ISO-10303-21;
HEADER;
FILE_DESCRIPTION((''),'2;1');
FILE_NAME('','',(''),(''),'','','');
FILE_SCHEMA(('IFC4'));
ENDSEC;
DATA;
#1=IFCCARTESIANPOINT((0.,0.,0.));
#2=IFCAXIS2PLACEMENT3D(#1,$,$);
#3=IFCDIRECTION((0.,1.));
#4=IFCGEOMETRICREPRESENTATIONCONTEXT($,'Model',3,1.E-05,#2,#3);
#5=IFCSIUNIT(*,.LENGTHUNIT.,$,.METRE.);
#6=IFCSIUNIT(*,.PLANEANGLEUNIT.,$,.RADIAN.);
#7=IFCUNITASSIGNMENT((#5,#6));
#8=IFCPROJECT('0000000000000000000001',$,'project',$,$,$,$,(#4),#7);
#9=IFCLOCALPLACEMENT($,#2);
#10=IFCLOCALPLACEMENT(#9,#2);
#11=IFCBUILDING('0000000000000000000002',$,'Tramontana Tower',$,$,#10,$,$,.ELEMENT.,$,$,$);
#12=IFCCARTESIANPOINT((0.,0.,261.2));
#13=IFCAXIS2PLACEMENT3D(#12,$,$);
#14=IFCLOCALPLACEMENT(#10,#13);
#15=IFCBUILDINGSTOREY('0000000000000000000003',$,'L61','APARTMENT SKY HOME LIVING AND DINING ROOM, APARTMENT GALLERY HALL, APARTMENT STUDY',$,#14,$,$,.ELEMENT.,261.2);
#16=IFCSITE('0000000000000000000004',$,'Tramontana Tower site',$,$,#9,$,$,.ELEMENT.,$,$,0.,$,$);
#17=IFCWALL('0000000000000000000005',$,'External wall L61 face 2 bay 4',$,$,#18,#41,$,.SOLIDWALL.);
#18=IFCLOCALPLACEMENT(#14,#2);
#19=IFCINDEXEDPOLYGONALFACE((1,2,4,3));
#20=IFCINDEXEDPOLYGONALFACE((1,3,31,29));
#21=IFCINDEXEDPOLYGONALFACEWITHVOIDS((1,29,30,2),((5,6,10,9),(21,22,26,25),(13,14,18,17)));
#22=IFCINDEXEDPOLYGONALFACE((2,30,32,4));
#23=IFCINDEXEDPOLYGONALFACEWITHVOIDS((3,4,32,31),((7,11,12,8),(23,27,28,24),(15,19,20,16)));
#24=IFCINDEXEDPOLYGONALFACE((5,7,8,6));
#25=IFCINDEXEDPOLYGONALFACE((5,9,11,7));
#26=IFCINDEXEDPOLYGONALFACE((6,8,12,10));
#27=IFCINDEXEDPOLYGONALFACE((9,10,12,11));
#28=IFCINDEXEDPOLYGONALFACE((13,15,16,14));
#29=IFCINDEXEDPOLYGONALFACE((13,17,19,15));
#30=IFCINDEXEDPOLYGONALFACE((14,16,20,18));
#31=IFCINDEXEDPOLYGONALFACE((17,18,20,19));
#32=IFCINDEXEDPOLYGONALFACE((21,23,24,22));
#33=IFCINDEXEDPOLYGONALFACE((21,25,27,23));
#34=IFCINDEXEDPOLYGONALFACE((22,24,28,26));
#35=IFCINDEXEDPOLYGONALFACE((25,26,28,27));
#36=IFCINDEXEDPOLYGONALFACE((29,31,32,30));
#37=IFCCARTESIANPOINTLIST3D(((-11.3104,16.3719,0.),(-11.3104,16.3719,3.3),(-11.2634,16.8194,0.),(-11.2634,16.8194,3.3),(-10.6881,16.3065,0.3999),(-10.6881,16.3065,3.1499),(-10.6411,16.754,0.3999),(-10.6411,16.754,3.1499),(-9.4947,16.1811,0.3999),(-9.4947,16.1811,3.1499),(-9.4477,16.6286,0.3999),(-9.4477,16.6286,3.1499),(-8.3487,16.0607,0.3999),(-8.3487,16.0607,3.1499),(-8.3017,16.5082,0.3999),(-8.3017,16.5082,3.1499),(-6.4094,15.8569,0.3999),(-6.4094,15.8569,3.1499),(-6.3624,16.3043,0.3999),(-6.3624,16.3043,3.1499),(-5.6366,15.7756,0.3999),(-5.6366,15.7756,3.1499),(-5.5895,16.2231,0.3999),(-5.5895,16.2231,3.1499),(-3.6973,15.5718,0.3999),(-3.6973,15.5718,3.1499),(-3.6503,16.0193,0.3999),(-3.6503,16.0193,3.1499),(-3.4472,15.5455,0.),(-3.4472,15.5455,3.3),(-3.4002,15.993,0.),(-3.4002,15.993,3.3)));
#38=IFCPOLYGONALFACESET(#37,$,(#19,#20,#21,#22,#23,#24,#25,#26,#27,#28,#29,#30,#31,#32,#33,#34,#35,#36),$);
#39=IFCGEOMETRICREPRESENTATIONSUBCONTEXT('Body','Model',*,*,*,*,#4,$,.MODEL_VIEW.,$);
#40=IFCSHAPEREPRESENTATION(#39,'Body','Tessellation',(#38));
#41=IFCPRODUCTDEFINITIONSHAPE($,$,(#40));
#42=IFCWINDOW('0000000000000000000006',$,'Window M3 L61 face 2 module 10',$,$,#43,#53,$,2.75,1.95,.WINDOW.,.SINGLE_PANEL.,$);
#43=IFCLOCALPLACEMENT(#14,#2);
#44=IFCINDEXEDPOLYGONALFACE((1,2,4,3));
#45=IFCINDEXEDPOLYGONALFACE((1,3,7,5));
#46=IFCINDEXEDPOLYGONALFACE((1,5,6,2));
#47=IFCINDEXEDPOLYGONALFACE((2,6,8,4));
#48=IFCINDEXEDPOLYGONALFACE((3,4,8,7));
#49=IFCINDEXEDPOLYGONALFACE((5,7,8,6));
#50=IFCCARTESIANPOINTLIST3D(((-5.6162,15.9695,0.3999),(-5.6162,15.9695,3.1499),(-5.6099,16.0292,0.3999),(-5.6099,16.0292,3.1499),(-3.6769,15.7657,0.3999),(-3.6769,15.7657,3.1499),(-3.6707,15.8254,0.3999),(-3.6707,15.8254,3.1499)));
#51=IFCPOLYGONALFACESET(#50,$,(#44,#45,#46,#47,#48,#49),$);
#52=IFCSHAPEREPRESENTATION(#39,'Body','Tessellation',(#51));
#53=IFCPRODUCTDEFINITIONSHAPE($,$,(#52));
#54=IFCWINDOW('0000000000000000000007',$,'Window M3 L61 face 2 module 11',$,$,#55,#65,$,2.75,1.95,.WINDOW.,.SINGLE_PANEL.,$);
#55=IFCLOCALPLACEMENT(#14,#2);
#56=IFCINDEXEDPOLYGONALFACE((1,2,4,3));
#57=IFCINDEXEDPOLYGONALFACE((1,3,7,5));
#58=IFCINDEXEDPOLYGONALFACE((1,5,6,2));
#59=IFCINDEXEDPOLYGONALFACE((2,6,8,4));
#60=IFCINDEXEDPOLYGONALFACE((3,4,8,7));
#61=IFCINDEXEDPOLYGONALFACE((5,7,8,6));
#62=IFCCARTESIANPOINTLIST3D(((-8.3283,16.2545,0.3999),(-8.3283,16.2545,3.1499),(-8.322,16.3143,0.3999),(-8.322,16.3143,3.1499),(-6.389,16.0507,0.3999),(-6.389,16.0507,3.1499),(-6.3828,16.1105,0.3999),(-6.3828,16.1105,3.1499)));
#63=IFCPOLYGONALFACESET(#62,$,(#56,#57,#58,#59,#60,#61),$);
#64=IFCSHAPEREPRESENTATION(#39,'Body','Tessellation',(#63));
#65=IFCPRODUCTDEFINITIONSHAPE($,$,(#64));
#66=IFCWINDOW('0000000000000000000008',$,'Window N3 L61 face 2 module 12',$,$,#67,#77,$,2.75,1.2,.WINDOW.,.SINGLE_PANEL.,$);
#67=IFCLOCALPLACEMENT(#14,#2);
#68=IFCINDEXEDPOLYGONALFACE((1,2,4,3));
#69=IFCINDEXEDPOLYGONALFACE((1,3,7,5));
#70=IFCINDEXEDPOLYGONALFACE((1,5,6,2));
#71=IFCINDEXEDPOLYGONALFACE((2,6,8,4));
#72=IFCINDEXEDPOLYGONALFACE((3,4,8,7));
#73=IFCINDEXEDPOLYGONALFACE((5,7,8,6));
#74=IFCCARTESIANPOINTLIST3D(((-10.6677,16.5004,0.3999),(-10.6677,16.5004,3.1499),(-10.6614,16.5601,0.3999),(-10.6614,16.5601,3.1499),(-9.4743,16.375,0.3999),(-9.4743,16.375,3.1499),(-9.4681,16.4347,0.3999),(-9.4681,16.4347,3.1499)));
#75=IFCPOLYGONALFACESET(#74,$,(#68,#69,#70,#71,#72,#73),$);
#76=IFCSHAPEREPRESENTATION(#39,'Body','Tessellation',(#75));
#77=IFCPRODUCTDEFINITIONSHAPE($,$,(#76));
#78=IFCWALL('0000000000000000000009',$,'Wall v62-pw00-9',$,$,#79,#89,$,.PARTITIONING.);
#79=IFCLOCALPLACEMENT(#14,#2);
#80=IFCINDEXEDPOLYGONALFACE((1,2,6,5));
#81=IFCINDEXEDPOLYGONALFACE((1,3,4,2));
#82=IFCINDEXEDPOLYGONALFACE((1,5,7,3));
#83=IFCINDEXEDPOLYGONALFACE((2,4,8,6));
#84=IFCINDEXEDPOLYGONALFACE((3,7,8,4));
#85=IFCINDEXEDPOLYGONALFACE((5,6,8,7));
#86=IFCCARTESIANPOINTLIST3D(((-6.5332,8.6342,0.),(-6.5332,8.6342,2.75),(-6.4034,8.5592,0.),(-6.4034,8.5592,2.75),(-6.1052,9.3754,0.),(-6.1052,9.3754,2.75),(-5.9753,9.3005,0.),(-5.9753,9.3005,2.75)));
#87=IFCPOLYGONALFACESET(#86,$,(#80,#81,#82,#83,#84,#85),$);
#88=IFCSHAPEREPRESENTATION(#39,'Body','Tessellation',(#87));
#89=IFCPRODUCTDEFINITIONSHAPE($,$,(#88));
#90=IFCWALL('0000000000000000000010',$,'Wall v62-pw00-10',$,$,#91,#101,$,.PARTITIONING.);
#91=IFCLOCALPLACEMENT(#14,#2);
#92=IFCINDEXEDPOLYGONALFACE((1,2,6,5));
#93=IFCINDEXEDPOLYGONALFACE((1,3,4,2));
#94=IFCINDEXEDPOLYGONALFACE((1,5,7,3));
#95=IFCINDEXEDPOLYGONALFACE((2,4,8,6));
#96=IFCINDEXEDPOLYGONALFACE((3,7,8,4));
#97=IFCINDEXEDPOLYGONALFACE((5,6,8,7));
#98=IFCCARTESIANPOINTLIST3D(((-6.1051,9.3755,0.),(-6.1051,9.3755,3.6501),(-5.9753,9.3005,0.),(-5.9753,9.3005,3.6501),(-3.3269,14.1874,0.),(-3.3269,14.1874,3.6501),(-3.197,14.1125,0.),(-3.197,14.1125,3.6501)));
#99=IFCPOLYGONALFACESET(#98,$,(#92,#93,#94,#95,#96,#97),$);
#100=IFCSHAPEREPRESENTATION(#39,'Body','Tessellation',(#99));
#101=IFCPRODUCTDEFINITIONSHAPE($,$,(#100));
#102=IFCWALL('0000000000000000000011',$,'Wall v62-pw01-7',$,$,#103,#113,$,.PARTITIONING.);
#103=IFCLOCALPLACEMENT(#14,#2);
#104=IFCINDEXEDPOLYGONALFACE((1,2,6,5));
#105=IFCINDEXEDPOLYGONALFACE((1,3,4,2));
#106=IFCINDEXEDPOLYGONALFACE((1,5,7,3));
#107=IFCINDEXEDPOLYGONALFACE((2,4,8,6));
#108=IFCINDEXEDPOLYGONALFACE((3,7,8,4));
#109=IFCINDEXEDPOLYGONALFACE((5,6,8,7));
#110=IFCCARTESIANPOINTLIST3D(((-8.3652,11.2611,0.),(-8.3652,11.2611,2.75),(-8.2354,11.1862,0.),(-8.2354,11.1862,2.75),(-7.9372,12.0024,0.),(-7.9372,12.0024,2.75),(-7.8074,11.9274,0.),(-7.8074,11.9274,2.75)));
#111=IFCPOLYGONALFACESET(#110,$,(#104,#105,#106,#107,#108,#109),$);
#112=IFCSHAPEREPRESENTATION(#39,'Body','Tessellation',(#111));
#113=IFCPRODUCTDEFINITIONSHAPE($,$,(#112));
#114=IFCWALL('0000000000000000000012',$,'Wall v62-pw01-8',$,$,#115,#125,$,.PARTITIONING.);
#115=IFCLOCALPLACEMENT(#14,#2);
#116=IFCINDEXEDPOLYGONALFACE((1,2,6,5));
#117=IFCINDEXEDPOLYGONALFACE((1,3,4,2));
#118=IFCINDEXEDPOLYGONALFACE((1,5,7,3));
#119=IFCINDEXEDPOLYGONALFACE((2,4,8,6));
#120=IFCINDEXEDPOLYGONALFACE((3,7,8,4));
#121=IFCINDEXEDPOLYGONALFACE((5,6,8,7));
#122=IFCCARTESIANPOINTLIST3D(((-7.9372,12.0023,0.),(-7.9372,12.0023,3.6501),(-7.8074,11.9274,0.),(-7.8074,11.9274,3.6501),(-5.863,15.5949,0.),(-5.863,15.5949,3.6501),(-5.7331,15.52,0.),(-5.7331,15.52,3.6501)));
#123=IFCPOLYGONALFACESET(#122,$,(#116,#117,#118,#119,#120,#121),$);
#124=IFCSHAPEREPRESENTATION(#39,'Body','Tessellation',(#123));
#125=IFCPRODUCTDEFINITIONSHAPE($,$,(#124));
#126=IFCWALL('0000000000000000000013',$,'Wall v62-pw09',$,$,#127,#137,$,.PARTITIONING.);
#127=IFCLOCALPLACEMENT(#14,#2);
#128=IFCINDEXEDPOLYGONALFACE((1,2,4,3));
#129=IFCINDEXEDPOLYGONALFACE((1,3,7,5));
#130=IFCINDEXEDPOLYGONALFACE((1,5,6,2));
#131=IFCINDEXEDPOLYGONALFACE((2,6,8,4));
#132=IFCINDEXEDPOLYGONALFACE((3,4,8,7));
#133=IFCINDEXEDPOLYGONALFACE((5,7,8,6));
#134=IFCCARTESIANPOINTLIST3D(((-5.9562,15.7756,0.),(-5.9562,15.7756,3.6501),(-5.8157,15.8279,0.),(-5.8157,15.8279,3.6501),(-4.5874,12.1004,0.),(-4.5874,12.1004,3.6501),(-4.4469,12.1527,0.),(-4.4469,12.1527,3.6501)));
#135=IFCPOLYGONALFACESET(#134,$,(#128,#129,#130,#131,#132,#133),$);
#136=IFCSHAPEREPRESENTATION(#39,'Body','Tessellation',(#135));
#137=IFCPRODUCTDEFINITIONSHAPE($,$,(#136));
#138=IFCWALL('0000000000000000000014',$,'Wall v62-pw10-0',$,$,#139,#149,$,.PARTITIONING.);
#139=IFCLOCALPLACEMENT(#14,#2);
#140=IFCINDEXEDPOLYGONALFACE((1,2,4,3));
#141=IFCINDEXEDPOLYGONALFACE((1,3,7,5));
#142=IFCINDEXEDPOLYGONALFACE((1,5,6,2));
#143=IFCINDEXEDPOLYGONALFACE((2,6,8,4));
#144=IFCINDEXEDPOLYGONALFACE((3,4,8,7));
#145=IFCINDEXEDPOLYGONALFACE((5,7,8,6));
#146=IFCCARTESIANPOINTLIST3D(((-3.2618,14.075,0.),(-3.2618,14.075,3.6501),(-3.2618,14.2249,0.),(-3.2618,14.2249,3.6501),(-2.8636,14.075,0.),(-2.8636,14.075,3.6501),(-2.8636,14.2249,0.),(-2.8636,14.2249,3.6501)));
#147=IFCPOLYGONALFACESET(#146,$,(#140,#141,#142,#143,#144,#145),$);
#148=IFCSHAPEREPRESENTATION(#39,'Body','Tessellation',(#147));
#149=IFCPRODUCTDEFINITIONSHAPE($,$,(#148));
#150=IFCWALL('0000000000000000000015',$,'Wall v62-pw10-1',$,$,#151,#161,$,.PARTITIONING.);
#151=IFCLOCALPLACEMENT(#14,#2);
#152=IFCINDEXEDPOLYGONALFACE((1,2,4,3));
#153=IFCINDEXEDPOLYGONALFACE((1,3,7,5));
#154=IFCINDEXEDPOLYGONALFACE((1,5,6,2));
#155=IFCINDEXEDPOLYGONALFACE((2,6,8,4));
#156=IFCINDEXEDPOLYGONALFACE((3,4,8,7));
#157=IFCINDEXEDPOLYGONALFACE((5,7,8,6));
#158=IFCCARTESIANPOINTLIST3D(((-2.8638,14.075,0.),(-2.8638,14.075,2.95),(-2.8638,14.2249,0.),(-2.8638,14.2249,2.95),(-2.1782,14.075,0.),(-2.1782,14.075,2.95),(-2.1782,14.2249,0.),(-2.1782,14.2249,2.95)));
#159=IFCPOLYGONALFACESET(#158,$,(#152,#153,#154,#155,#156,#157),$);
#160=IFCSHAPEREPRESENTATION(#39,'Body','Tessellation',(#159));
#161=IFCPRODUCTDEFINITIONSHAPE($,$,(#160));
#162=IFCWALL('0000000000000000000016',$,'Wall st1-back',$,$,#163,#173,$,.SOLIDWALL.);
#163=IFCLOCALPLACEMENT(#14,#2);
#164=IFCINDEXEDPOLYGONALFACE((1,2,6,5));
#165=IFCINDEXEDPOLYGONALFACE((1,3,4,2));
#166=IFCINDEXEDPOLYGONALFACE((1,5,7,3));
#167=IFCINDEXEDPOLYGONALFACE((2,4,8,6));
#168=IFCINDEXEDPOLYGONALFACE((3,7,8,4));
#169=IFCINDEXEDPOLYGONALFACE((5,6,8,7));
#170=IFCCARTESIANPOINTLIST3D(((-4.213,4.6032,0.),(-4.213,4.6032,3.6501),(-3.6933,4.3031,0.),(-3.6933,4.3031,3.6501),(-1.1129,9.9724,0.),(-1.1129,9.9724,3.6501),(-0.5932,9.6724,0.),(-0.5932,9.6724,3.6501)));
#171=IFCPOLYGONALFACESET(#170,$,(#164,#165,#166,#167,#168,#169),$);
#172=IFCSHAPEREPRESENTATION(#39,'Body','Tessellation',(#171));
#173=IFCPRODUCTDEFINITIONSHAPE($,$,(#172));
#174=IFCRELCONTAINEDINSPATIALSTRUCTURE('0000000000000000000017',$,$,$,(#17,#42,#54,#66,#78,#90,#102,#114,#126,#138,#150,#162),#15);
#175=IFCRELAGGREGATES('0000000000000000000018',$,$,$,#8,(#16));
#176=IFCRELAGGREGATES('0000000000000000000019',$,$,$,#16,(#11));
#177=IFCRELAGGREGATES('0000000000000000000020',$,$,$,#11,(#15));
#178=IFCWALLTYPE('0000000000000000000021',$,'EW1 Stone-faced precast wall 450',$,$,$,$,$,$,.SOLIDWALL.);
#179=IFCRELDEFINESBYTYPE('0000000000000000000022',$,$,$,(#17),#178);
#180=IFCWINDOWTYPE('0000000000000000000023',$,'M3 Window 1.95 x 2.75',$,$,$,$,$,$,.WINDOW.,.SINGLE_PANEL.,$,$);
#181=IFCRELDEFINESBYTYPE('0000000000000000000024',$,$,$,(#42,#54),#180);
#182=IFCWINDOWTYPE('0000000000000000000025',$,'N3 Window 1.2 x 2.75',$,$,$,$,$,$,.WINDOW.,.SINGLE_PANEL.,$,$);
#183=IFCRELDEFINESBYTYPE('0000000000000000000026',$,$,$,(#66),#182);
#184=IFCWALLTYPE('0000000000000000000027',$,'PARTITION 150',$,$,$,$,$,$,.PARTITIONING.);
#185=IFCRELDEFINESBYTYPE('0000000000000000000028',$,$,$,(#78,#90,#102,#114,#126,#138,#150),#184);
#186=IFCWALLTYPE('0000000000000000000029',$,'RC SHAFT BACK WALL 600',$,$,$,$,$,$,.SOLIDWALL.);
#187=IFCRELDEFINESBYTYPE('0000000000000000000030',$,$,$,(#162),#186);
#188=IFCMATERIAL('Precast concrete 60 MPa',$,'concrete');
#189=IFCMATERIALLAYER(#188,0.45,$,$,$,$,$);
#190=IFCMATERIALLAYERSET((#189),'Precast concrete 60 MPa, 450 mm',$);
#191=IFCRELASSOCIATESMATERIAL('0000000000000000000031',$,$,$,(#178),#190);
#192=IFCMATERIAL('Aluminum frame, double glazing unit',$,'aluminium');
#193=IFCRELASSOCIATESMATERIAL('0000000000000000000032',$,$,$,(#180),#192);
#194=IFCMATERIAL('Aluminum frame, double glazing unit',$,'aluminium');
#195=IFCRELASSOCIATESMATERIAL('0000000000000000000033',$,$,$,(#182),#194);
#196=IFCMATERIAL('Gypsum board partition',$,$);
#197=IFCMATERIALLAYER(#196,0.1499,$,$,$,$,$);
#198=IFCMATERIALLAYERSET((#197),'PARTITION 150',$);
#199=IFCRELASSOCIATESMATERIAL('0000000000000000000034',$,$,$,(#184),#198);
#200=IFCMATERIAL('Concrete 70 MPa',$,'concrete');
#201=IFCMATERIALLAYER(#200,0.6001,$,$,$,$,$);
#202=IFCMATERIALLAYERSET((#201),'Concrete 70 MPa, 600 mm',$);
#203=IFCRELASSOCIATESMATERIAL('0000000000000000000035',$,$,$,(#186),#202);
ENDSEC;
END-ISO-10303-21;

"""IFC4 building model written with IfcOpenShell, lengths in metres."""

from ifc_helpers import new_model, si_unit, direction, frame, frame_2d, origin, place, context, subcontext, project, spatial, rectangle, extrude, material, layer, layer_set, type_object, element, fill, save


model = new_model("IFC4")

# Units and contexts
model_context = context("Model", 3, precision=1e-05, world=origin(), true_north=direction((0.0, 1.0)))
body_context = subcontext(model_context, "Body", "Model", "MODEL_VIEW")
ifc_project = project(units=[si_unit("LENGTHUNIT", "METRE"), si_unit("PLANEANGLEUNIT", "RADIAN")], contexts=[model_context])

# Site, building, storey
site_placement = place(None, origin())
site = spatial("IfcSite", under=ifc_project, at=site_placement, Name="Tramontana Tower site", CompositionType="ELEMENT", RefElevation=0.0)
building_placement = place(site_placement, origin())
building = spatial("IfcBuilding", under=site, at=building_placement, Name="Tramontana Tower", CompositionType="ELEMENT")
storey_placement = place(building_placement, frame((0.0, 0.0, 261.2)))
storey = spatial("IfcBuildingStorey", under=building, at=storey_placement, Name="L61", Description="APARTMENT SKY HOME LIVING AND DINING ROOM, APARTMENT GALLERY HALL, APARTMENT STUDY", CompositionType="ELEMENT", Elevation=261.2)

# Wall, openings, windows
ifc_material_1 = material(Name="Precast concrete 60 MPa", Category="concrete")
ifc_layer_1 = layer(ifc_material_1, 0.45)
ifc_layer_set_1 = layer_set([ifc_layer_1], Name="Precast concrete 60 MPa, 450 mm")
wall_type_1 = type_object("IfcWallType", Name="EW1 Stone-faced precast wall 450", PredefinedType="SOLIDWALL", material=ifc_layer_set_1)
wall_1_placement = place(storey_placement, frame((-3.4238, 15.7693, 0.0), z_axis=(0.0, 0.0, 1.0), x_axis=(-0.994523, 0.104522, 0.0)))
wall_1 = element("IfcWall", 1, at=wall_1_placement, inside=storey, type_object=wall_type_1, Name="External wall L61 face 2 bay 4", PredefinedType="SOLIDWALL", context=body_context, shape_type="SweptSolid", body=[
    extrude(rectangle(XDim=7.9065, YDim=0.45, at=frame_2d((3.9531, 0.0))), origin(), (0.0, 0.0, 1.0), 3.3),
])
opening_1_placement = place(wall_1_placement, frame((0.2512, 0.0, 0.3999)))
opening_1 = element("IfcOpeningElement", 2, at=opening_1_placement, cuts=wall_1, PredefinedType="OPENING", context=body_context, shape_type="SweptSolid", body=[
    extrude(rectangle(XDim=1.95, YDim=2.75, at=frame_2d((0.9751, 1.375))), frame((0.0, 0.2349, 0.0), z_axis=(0.0, -1.0, 0.0), x_axis=(1.0, 0.0, 0.0)), (0.0, 0.0, 1.0), 0.47),
])
opening_2_placement = place(wall_1_placement, frame((2.9783, 0.0, 0.3999)))
opening_2 = element("IfcOpeningElement", 3, at=opening_2_placement, cuts=wall_1, PredefinedType="OPENING", context=body_context, shape_type="SweptSolid", body=[
    extrude(rectangle(XDim=1.95, YDim=2.75, at=frame_2d((0.9751, 1.375))), frame((0.0, 0.2349, 0.0), z_axis=(0.0, -1.0, 0.0), x_axis=(1.0, 0.0, 0.0)), (0.0, 0.0, 1.0), 0.47),
])
opening_3_placement = place(wall_1_placement, frame((6.0806, 0.0, 0.3999)))
opening_3 = element("IfcOpeningElement", 4, at=opening_3_placement, cuts=wall_1, PredefinedType="OPENING", context=body_context, shape_type="SweptSolid", body=[
    extrude(rectangle(XDim=1.2, YDim=2.75, at=frame_2d((0.6001, 1.375))), frame((0.0, 0.2349, 0.0), z_axis=(0.0, -1.0, 0.0), x_axis=(1.0, 0.0, 0.0)), (0.0, 0.0, 1.0), 0.47),
])
ifc_material_2 = material(Name="Aluminum frame, double glazing unit", Category="aluminium")
window_type_1 = type_object("IfcWindowType", Name="M3 Window 1.95 x 2.75", PartitioningType="SINGLE_PANEL", PredefinedType="WINDOW", material=ifc_material_2)
window_1_placement = place(opening_1_placement, origin())
window_1 = element("IfcWindow", 5, at=window_1_placement, inside=storey, type_object=window_type_1, Name="Window M3 L61 face 2 module 10", OverallHeight=2.75, OverallWidth=1.95, PartitioningType="SINGLE_PANEL", PredefinedType="WINDOW", context=body_context, shape_type="SweptSolid", body=[
    extrude(rectangle(XDim=1.95, YDim=2.75, at=frame_2d((0.9751, 1.375))), frame((0.0, 0.03, 0.0), z_axis=(0.0, -1.0, 0.0), x_axis=(1.0, 0.0, 0.0)), (0.0, 0.0, 1.0), 0.0601),
])
fill(opening_1, window_1)
window_2_placement = place(opening_2_placement, origin())
window_2 = element("IfcWindow", 6, at=window_2_placement, inside=storey, type_object=window_type_1, Name="Window M3 L61 face 2 module 11", OverallHeight=2.75, OverallWidth=1.95, PartitioningType="SINGLE_PANEL", PredefinedType="WINDOW", context=body_context, shape_type="SweptSolid", body=[
    extrude(rectangle(XDim=1.95, YDim=2.75, at=frame_2d((0.9751, 1.375))), frame((0.0, 0.03, 0.0), z_axis=(0.0, -1.0, 0.0), x_axis=(1.0, 0.0, 0.0)), (0.0, 0.0, 1.0), 0.0601),
])
fill(opening_2, window_2)
ifc_material_3 = material(Name="Aluminum frame, double glazing unit", Category="aluminium")
window_type_2 = type_object("IfcWindowType", Name="N3 Window 1.2 x 2.75", PartitioningType="SINGLE_PANEL", PredefinedType="WINDOW", material=ifc_material_3)
window_3_placement = place(opening_3_placement, origin())
window_3 = element("IfcWindow", 7, at=window_3_placement, inside=storey, type_object=window_type_2, Name="Window N3 L61 face 2 module 12", OverallHeight=2.75, OverallWidth=1.2, PartitioningType="SINGLE_PANEL", PredefinedType="WINDOW", context=body_context, shape_type="SweptSolid", body=[
    extrude(rectangle(XDim=1.2, YDim=2.75, at=frame_2d((0.6001, 1.375))), frame((0.0, 0.03, 0.0), z_axis=(0.0, -1.0, 0.0), x_axis=(1.0, 0.0, 0.0)), (0.0, 0.0, 1.0), 0.0601),
])
fill(opening_3, window_3)

# Walls
ifc_material_4 = material(Name="Gypsum board partition")
ifc_layer_2 = layer(ifc_material_4, 0.1499)
ifc_layer_set_2 = layer_set([ifc_layer_2], Name="PARTITION 150")
wall_type_2 = type_object("IfcWallType", Name="PARTITION 150", PredefinedType="PARTITIONING", material=ifc_layer_set_2)
wall_2_placement = place(storey_placement, frame((-6.4683, 8.5967, 0.0), z_axis=(0.0, 0.0, 1.0), x_axis=(0.500035, 0.866005, 0.0)))
element("IfcWall", 8, at=wall_2_placement, inside=storey, type_object=wall_type_2, Name="Wall v62-pw00-9", PredefinedType="PARTITIONING", context=body_context, shape_type="SweptSolid", body=[
    extrude(rectangle(XDim=0.856, YDim=0.1499, at=frame_2d((0.428, 0.0))), origin(), (0.0, 0.0, 1.0), 2.75),
])
wall_3_placement = place(storey_placement, frame((-6.0403, 9.3379, 0.0), z_axis=(0.0, 0.0, 1.0), x_axis=(0.500014, 0.866017, 0.0)))
element("IfcWall", 9, at=wall_3_placement, inside=storey, type_object=wall_type_2, Name="Wall v62-pw00-10", PredefinedType="PARTITIONING", context=body_context, shape_type="SweptSolid", body=[
    extrude(rectangle(XDim=5.5564, YDim=0.1499, at=frame_2d((2.7783, 0.0))), origin(), (0.0, 0.0, 1.0), 3.6501),
])
wall_4_placement = place(storey_placement, frame((-8.3003, 11.2236, 0.0), z_axis=(0.0, 0.0, 1.0), x_axis=(0.500035, 0.866005, 0.0)))
element("IfcWall", 10, at=wall_4_placement, inside=storey, type_object=wall_type_2, Name="Wall v62-pw01-7", PredefinedType="PARTITIONING", context=body_context, shape_type="SweptSolid", body=[
    extrude(rectangle(XDim=0.856, YDim=0.1499, at=frame_2d((0.428, 0.0))), origin(), (0.0, 0.0, 1.0), 2.75),
])
wall_5_placement = place(storey_placement, frame((-7.8723, 11.9648, 0.0), z_axis=(0.0, 0.0, 1.0), x_axis=(0.500013, 0.866018, 0.0)))
element("IfcWall", 11, at=wall_5_placement, inside=storey, type_object=wall_type_2, Name="Wall v62-pw01-8", PredefinedType="PARTITIONING", context=body_context, shape_type="SweptSolid", body=[
    extrude(rectangle(XDim=4.1484, YDim=0.1499, at=frame_2d((2.0742, 0.0))), origin(), (0.0, 0.0, 1.0), 3.6501),
])
wall_6_placement = place(storey_placement, frame((-5.886, 15.8018, 0.0), z_axis=(0.0, 0.0, 1.0), x_axis=(0.349035, -0.93711, 0.0)))
element("IfcWall", 12, at=wall_6_placement, inside=storey, type_object=wall_type_2, Name="Wall v62-pw09", PredefinedType="PARTITIONING", context=body_context, shape_type="SweptSolid", body=[
    extrude(rectangle(XDim=3.9219, YDim=0.1499, at=frame_2d((1.9609, 0.0))), origin(), (0.0, 0.0, 1.0), 3.6501),
])
wall_7_placement = place(storey_placement, frame((-3.262, 14.1499, 0.0), z_axis=(0.0, 0.0, 1.0), x_axis=(1.0, 0.0, 0.0)))
element("IfcWall", 13, at=wall_7_placement, inside=storey, type_object=wall_type_2, Name="Wall v62-pw10-0", PredefinedType="PARTITIONING", context=body_context, shape_type="SweptSolid", body=[
    extrude(rectangle(XDim=0.3982, YDim=0.1499, at=frame_2d((0.1992, 0.0))), origin(), (0.0, 0.0, 1.0), 3.6501),
])
wall_8_placement = place(storey_placement, frame((-2.8638, 14.1499, 0.0), z_axis=(0.0, 0.0, 1.0), x_axis=(1.0, 0.0, 0.0)))
element("IfcWall", 14, at=wall_8_placement, inside=storey, type_object=wall_type_2, Name="Wall v62-pw10-1", PredefinedType="PARTITIONING", context=body_context, shape_type="SweptSolid", body=[
    extrude(rectangle(XDim=0.6855, YDim=0.1499, at=frame_2d((0.3428, 0.0))), origin(), (0.0, 0.0, 1.0), 2.95),
])
ifc_material_5 = material(Name="Concrete 70 MPa", Category="concrete")
ifc_layer_3 = layer(ifc_material_5, 0.6001)
ifc_layer_set_3 = layer_set([ifc_layer_3], Name="Concrete 70 MPa, 600 mm")
wall_type_3 = type_object("IfcWallType", Name="RC SHAFT BACK WALL 600", PredefinedType="SOLIDWALL", material=ifc_layer_set_3)
wall_9_placement = place(storey_placement, frame((-0.853, 9.8225, 0.0), z_axis=(0.0, 0.0, 1.0), x_axis=(-0.50001, -0.86602, 0.0)))
element("IfcWall", 15, at=wall_9_placement, inside=storey, type_object=wall_type_3, Name="Wall st1-back", PredefinedType="SOLIDWALL", context=body_context, shape_type="SweptSolid", body=[
    extrude(rectangle(XDim=6.2, YDim=0.6001, at=frame_2d((3.1001, 0.0))), origin(), (0.0, 0.0, 1.0), 3.6501),
])

save(model, "model.ifc")
